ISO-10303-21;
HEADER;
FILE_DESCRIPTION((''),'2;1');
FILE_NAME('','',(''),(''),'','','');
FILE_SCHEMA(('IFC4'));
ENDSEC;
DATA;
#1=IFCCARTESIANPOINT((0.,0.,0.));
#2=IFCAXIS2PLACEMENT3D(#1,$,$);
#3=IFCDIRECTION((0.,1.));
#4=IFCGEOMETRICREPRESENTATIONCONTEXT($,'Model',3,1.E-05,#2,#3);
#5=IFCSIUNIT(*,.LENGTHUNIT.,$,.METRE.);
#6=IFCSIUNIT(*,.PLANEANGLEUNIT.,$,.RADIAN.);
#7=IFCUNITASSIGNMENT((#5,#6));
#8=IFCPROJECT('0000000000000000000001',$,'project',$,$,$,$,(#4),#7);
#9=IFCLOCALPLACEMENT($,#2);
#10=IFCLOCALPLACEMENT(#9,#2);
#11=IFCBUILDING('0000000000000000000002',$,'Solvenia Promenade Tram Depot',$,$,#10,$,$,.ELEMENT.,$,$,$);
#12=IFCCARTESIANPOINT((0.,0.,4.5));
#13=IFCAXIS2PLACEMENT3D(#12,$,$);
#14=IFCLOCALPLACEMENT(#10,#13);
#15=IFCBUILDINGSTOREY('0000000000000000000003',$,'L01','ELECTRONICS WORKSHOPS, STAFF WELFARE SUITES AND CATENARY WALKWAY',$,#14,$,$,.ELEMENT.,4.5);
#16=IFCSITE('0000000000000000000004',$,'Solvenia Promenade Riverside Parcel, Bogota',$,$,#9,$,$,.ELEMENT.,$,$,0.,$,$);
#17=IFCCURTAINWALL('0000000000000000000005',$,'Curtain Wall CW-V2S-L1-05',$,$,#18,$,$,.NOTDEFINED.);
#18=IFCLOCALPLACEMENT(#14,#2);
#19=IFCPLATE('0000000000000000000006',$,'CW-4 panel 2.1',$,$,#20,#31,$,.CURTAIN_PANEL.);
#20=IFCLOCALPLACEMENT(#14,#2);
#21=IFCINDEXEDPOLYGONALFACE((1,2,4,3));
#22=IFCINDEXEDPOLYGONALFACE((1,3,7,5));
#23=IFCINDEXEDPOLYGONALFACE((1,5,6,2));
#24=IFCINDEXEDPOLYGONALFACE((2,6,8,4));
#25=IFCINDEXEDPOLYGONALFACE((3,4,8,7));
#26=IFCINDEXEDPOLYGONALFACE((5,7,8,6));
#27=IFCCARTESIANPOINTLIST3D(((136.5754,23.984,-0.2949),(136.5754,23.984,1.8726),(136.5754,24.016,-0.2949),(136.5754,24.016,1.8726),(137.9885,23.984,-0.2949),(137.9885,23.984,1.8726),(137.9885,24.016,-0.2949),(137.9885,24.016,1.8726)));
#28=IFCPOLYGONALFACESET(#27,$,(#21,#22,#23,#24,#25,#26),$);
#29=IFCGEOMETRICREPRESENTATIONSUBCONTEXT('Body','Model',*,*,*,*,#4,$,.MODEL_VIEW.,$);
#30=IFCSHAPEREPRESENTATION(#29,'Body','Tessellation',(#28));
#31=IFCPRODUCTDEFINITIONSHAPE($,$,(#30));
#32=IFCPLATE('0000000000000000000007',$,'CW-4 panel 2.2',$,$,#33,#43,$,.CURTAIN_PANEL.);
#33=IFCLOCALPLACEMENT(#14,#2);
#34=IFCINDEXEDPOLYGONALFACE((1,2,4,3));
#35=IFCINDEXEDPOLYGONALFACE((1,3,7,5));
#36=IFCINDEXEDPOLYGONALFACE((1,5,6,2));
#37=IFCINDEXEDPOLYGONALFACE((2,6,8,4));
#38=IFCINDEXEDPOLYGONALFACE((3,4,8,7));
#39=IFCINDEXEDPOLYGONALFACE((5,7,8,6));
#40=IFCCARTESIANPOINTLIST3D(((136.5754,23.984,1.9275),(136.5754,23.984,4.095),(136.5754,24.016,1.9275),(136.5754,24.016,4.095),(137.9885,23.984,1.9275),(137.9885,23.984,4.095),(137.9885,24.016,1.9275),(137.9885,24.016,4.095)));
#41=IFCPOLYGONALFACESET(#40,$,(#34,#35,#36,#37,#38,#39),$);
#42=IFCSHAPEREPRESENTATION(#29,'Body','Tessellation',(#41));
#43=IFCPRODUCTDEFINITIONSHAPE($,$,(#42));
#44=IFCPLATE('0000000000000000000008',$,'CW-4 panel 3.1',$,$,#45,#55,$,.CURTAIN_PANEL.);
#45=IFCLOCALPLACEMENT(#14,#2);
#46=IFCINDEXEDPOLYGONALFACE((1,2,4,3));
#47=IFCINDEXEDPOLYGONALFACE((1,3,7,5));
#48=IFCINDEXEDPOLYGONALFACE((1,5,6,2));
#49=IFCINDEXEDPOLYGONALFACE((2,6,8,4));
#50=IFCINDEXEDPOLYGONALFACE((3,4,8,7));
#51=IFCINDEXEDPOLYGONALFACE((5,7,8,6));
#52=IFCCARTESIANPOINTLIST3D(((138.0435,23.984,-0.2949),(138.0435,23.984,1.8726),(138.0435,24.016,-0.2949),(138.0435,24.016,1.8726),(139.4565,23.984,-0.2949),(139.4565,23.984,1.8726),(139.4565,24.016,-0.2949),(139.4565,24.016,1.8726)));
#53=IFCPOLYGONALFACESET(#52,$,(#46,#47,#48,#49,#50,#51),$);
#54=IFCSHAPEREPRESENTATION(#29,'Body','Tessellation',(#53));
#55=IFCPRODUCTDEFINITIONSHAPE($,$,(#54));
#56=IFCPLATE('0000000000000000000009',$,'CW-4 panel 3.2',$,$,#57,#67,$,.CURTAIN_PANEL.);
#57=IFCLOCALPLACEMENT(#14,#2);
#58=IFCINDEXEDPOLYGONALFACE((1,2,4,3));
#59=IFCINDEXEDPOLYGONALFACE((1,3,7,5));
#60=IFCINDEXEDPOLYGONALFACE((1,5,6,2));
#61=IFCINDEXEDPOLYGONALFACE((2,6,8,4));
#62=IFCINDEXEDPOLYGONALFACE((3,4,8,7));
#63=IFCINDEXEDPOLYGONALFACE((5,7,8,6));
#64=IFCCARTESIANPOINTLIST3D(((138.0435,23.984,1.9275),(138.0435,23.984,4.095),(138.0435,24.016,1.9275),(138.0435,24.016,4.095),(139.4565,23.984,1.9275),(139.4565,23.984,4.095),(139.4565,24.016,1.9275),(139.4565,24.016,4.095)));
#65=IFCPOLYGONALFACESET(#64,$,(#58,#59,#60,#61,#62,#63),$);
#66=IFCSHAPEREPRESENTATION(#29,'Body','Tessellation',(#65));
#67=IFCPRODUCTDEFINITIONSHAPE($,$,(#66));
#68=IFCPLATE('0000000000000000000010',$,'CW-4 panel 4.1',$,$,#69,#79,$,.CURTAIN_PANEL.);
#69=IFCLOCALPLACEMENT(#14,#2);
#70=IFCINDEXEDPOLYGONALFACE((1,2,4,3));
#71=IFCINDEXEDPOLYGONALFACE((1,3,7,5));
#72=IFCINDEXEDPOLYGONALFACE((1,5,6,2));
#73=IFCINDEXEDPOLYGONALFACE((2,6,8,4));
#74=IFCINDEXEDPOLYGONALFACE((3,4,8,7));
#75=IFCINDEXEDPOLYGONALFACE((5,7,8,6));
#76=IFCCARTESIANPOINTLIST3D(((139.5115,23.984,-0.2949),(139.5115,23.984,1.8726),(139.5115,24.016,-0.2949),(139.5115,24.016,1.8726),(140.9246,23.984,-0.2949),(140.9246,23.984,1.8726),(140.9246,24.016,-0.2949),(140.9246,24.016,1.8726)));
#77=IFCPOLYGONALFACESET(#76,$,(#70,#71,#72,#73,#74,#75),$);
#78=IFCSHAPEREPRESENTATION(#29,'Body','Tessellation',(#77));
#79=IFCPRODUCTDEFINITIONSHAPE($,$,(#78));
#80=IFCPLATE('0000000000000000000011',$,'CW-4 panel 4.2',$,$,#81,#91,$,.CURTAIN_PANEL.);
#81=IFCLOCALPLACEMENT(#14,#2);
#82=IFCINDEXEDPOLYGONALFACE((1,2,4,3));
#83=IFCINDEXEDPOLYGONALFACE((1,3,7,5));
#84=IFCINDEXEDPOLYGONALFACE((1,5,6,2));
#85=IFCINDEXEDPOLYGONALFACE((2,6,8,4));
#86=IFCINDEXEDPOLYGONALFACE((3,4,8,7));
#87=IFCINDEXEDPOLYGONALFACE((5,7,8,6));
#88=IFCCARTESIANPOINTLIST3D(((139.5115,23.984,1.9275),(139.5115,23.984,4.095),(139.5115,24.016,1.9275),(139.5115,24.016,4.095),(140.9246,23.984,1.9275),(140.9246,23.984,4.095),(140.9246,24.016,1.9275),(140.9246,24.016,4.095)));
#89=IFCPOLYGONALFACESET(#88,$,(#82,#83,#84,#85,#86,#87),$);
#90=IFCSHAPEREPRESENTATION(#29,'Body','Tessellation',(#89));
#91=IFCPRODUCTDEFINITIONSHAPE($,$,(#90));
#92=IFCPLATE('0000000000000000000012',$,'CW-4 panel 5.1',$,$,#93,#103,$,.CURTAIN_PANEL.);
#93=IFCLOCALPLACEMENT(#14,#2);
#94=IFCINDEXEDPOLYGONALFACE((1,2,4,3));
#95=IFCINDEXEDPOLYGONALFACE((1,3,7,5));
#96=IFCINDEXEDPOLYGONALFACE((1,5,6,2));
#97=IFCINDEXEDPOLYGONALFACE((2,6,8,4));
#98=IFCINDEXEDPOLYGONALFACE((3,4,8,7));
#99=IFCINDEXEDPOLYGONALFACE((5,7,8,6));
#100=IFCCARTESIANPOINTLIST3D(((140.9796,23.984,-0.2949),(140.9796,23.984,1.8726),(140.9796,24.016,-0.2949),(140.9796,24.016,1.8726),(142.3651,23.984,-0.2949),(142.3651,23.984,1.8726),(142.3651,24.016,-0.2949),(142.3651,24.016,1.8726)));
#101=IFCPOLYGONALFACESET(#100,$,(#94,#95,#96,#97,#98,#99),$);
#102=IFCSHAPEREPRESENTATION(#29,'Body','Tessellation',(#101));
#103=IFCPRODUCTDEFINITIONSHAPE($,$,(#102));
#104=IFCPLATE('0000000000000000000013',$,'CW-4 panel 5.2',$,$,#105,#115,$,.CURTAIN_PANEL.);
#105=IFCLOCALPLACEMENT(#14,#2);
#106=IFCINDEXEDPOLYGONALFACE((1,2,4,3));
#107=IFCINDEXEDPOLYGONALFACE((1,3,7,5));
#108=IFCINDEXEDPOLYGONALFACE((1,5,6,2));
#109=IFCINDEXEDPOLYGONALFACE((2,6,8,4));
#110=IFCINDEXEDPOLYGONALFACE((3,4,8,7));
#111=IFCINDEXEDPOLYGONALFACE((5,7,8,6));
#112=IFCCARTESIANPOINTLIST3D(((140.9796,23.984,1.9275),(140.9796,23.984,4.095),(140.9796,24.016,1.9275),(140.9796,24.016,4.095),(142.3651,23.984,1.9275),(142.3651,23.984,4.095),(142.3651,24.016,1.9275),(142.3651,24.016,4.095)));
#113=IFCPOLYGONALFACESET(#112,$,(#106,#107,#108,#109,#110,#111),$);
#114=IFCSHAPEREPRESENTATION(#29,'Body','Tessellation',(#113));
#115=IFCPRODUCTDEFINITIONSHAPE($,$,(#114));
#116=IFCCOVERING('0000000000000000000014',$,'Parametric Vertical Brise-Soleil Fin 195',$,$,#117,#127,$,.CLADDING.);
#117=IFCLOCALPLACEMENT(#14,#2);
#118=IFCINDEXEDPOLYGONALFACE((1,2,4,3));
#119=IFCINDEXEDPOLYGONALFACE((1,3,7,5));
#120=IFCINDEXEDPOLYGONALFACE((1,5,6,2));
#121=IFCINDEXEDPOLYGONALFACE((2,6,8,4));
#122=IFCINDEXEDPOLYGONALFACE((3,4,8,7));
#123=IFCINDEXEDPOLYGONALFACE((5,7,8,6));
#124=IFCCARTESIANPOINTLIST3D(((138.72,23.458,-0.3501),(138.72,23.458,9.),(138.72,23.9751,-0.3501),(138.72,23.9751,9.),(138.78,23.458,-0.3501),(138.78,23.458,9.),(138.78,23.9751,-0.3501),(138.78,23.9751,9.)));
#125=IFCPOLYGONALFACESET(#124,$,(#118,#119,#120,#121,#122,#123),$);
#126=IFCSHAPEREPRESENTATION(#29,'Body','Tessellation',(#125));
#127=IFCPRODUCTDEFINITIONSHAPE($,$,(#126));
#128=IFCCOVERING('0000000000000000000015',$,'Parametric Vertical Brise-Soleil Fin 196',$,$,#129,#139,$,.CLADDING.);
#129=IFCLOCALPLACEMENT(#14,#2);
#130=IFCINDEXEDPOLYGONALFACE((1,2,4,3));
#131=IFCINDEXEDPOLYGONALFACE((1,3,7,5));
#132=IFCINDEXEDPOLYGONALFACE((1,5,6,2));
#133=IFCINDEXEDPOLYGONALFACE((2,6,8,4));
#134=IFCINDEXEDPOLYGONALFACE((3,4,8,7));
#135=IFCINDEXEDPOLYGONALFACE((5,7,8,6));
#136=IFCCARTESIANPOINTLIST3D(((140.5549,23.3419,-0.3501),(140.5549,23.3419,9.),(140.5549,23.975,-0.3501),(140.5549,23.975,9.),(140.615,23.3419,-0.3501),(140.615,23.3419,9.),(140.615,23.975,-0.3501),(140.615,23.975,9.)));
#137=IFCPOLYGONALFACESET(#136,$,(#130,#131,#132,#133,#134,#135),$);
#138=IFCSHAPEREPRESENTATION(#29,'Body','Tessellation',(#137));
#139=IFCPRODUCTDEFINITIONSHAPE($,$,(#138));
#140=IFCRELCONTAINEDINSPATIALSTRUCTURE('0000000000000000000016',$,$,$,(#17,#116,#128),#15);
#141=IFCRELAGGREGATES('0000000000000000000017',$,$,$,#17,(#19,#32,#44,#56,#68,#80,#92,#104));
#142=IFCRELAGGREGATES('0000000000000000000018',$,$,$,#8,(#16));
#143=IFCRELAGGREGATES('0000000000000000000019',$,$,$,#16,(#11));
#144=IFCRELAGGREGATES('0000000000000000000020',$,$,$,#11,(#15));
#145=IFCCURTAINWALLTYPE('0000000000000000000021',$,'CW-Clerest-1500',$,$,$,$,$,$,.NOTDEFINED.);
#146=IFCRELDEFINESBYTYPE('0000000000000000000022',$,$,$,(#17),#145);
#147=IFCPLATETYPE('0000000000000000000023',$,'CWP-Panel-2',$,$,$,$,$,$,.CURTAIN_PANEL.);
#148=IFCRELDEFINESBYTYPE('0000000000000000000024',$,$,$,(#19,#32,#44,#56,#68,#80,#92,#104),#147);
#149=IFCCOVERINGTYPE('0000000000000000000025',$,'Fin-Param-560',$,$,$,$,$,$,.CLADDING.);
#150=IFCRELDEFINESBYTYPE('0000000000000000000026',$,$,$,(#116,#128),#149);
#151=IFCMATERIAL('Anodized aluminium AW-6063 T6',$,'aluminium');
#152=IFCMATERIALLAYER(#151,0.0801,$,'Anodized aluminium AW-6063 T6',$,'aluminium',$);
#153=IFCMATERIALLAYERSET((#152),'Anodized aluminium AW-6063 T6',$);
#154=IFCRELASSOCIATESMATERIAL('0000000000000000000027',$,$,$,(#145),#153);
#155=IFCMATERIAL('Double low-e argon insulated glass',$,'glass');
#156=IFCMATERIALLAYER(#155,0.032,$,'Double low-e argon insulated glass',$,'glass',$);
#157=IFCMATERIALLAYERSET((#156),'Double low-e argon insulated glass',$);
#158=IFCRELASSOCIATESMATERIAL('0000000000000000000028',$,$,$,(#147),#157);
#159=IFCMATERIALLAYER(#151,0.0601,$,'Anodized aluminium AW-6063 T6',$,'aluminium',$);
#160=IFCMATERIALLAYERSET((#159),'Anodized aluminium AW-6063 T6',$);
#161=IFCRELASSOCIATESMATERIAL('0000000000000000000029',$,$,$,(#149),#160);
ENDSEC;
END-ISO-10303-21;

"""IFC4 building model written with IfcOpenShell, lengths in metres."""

from ifc_helpers import new_model, si_unit, direction, frame, origin, origin_2d, place, context, subcontext, project, spatial, rectangle, extrude, material, layer, layer_set, type_object, element, aggregate, save


model = new_model("IFC4")

# Units and contexts
model_context = context("Model", 3, precision=1e-05, world=origin(), true_north=direction((0.0, 1.0)))
body_context = subcontext(model_context, "Body", "Model", "MODEL_VIEW")
ifc_project = project(units=[si_unit("LENGTHUNIT", "METRE"), si_unit("PLANEANGLEUNIT", "RADIAN")], contexts=[model_context])

# Site, building, storey
site_placement = place(None, origin())
site = spatial("IfcSite", under=ifc_project, at=site_placement, Name="Solvenia Promenade Riverside Parcel, Bogota", CompositionType="ELEMENT", RefElevation=0.0)
building_placement = place(site_placement, origin())
building = spatial("IfcBuilding", under=site, at=building_placement, Name="Solvenia Promenade Tram Depot", CompositionType="ELEMENT")
storey_placement = place(building_placement, frame((0.0, 0.0, 4.5)))
storey = spatial("IfcBuildingStorey", under=building, at=storey_placement, Name="L01", Description="ELECTRONICS WORKSHOPS, STAFF WELFARE SUITES AND CATENARY WALKWAY", CompositionType="ELEMENT", Elevation=4.5)

# Curtain wall
ifc_material_1 = material(Name="Anodized aluminium AW-6063 T6", Category="aluminium")
ifc_layer_1 = layer(ifc_material_1, 0.0801, Name="Anodized aluminium AW-6063 T6", Category="aluminium")
ifc_layer_set_1 = layer_set([ifc_layer_1], Name="Anodized aluminium AW-6063 T6")
curtain_wall_type = type_object("IfcCurtainWallType", Name="CW-Clerest-1500", PredefinedType="NOTDEFINED", material=ifc_layer_set_1)
curtain_wall_placement = place(storey_placement, origin())
curtain_wall = element("IfcCurtainWall", 1, at=curtain_wall_placement, inside=storey, type_object=curtain_wall_type, Name="Curtain Wall CW-V2S-L1-05", PredefinedType="NOTDEFINED")

# Plates
ifc_material_2 = material(Name="Double low-e argon insulated glass", Category="glass")
ifc_layer_2 = layer(ifc_material_2, 0.032, Name="Double low-e argon insulated glass", Category="glass")
ifc_layer_set_2 = layer_set([ifc_layer_2], Name="Double low-e argon insulated glass")
plate_type = type_object("IfcPlateType", Name="CWP-Panel-2", PredefinedType="CURTAIN_PANEL", material=ifc_layer_set_2)
plate_1_placement = place(storey_placement, frame((137.282, 24.0, -0.2949), z_axis=(0.0, 0.0, 1.0), x_axis=(1.0, 0.0, 0.0)))
plate_1 = element("IfcPlate", 2, at=plate_1_placement, type_object=plate_type, Name="CW-4 panel 2.1", PredefinedType="CURTAIN_PANEL", context=body_context, shape_type="SweptSolid", body=[
    extrude(rectangle(XDim=1.4131, YDim=0.032, at=origin_2d()), origin(), (0.0, 0.0, 1.0), 2.1675),
])
plate_2_placement = place(storey_placement, frame((137.282, 24.0, 1.9275), z_axis=(0.0, 0.0, 1.0), x_axis=(1.0, 0.0, 0.0)))
plate_2 = element("IfcPlate", 3, at=plate_2_placement, type_object=plate_type, Name="CW-4 panel 2.2", PredefinedType="CURTAIN_PANEL", context=body_context, shape_type="SweptSolid", body=[
    extrude(rectangle(XDim=1.4131, YDim=0.032, at=origin_2d()), origin(), (0.0, 0.0, 1.0), 2.1675),
])
plate_3_placement = place(storey_placement, frame((138.75, 24.0, -0.2949), z_axis=(0.0, 0.0, 1.0), x_axis=(1.0, 0.0, 0.0)))
plate_3 = element("IfcPlate", 4, at=plate_3_placement, type_object=plate_type, Name="CW-4 panel 3.1", PredefinedType="CURTAIN_PANEL", context=body_context, shape_type="SweptSolid", body=[
    extrude(rectangle(XDim=1.4131, YDim=0.032, at=origin_2d()), origin(), (0.0, 0.0, 1.0), 2.1675),
])
plate_4_placement = place(storey_placement, frame((138.75, 24.0, 1.9275), z_axis=(0.0, 0.0, 1.0), x_axis=(1.0, 0.0, 0.0)))
plate_4 = element("IfcPlate", 5, at=plate_4_placement, type_object=plate_type, Name="CW-4 panel 3.2", PredefinedType="CURTAIN_PANEL", context=body_context, shape_type="SweptSolid", body=[
    extrude(rectangle(XDim=1.4131, YDim=0.032, at=origin_2d()), origin(), (0.0, 0.0, 1.0), 2.1675),
])
plate_5_placement = place(storey_placement, frame((140.218, 24.0, -0.2949), z_axis=(0.0, 0.0, 1.0), x_axis=(1.0, 0.0, 0.0)))
plate_5 = element("IfcPlate", 6, at=plate_5_placement, type_object=plate_type, Name="CW-4 panel 4.1", PredefinedType="CURTAIN_PANEL", context=body_context, shape_type="SweptSolid", body=[
    extrude(rectangle(XDim=1.4131, YDim=0.032, at=origin_2d()), origin(), (0.0, 0.0, 1.0), 2.1675),
])
plate_6_placement = place(storey_placement, frame((140.218, 24.0, 1.9275), z_axis=(0.0, 0.0, 1.0), x_axis=(1.0, 0.0, 0.0)))
plate_6 = element("IfcPlate", 7, at=plate_6_placement, type_object=plate_type, Name="CW-4 panel 4.2", PredefinedType="CURTAIN_PANEL", context=body_context, shape_type="SweptSolid", body=[
    extrude(rectangle(XDim=1.4131, YDim=0.032, at=origin_2d()), origin(), (0.0, 0.0, 1.0), 2.1675),
])
plate_7_placement = place(storey_placement, frame((141.6724, 24.0, -0.2949), z_axis=(0.0, 0.0, 1.0), x_axis=(1.0, 0.0, 0.0)))
plate_7 = element("IfcPlate", 8, at=plate_7_placement, type_object=plate_type, Name="CW-4 panel 5.1", PredefinedType="CURTAIN_PANEL", context=body_context, shape_type="SweptSolid", body=[
    extrude(rectangle(XDim=1.3855, YDim=0.032, at=origin_2d()), origin(), (0.0, 0.0, 1.0), 2.1675),
])
plate_8_placement = place(storey_placement, frame((141.6724, 24.0, 1.9275), z_axis=(0.0, 0.0, 1.0), x_axis=(1.0, 0.0, 0.0)))
plate_8 = element("IfcPlate", 9, at=plate_8_placement, type_object=plate_type, Name="CW-4 panel 5.2", PredefinedType="CURTAIN_PANEL", context=body_context, shape_type="SweptSolid", body=[
    extrude(rectangle(XDim=1.3855, YDim=0.032, at=origin_2d()), origin(), (0.0, 0.0, 1.0), 2.1675),
])
aggregate(curtain_wall, [plate_1, plate_2, plate_3, plate_4, plate_5, plate_6, plate_7, plate_8])

# Coverings
ifc_layer_3 = layer(ifc_material_1, 0.0601, Name="Anodized aluminium AW-6063 T6", Category="aluminium")
ifc_layer_set_3 = layer_set([ifc_layer_3], Name="Anodized aluminium AW-6063 T6")
covering_type = type_object("IfcCoveringType", Name="Fin-Param-560", PredefinedType="CLADDING", material=ifc_layer_set_3)
covering_1_placement = place(storey_placement, frame((138.75, 23.7166, -0.3501), z_axis=(0.0, 0.0, 1.0), x_axis=(1.0, 0.0, 0.0)))
element("IfcCovering", 10, at=covering_1_placement, inside=storey, type_object=covering_type, Name="Parametric Vertical Brise-Soleil Fin 195", PredefinedType="CLADDING", context=body_context, shape_type="SweptSolid", body=[
    extrude(rectangle(XDim=0.0601, YDim=0.5171, at=origin_2d()), origin(), (0.0, 0.0, 1.0), 9.3501),
])
covering_2_placement = place(storey_placement, frame((140.585, 23.6584, -0.3501), z_axis=(0.0, 0.0, 1.0), x_axis=(1.0, 0.0, 0.0)))
element("IfcCovering", 11, at=covering_2_placement, inside=storey, type_object=covering_type, Name="Parametric Vertical Brise-Soleil Fin 196", PredefinedType="CLADDING", context=body_context, shape_type="SweptSolid", body=[
    extrude(rectangle(XDim=0.0601, YDim=0.6331, at=origin_2d()), origin(), (0.0, 0.0, 1.0), 9.3501),
])

save(model, "model.ifc")
